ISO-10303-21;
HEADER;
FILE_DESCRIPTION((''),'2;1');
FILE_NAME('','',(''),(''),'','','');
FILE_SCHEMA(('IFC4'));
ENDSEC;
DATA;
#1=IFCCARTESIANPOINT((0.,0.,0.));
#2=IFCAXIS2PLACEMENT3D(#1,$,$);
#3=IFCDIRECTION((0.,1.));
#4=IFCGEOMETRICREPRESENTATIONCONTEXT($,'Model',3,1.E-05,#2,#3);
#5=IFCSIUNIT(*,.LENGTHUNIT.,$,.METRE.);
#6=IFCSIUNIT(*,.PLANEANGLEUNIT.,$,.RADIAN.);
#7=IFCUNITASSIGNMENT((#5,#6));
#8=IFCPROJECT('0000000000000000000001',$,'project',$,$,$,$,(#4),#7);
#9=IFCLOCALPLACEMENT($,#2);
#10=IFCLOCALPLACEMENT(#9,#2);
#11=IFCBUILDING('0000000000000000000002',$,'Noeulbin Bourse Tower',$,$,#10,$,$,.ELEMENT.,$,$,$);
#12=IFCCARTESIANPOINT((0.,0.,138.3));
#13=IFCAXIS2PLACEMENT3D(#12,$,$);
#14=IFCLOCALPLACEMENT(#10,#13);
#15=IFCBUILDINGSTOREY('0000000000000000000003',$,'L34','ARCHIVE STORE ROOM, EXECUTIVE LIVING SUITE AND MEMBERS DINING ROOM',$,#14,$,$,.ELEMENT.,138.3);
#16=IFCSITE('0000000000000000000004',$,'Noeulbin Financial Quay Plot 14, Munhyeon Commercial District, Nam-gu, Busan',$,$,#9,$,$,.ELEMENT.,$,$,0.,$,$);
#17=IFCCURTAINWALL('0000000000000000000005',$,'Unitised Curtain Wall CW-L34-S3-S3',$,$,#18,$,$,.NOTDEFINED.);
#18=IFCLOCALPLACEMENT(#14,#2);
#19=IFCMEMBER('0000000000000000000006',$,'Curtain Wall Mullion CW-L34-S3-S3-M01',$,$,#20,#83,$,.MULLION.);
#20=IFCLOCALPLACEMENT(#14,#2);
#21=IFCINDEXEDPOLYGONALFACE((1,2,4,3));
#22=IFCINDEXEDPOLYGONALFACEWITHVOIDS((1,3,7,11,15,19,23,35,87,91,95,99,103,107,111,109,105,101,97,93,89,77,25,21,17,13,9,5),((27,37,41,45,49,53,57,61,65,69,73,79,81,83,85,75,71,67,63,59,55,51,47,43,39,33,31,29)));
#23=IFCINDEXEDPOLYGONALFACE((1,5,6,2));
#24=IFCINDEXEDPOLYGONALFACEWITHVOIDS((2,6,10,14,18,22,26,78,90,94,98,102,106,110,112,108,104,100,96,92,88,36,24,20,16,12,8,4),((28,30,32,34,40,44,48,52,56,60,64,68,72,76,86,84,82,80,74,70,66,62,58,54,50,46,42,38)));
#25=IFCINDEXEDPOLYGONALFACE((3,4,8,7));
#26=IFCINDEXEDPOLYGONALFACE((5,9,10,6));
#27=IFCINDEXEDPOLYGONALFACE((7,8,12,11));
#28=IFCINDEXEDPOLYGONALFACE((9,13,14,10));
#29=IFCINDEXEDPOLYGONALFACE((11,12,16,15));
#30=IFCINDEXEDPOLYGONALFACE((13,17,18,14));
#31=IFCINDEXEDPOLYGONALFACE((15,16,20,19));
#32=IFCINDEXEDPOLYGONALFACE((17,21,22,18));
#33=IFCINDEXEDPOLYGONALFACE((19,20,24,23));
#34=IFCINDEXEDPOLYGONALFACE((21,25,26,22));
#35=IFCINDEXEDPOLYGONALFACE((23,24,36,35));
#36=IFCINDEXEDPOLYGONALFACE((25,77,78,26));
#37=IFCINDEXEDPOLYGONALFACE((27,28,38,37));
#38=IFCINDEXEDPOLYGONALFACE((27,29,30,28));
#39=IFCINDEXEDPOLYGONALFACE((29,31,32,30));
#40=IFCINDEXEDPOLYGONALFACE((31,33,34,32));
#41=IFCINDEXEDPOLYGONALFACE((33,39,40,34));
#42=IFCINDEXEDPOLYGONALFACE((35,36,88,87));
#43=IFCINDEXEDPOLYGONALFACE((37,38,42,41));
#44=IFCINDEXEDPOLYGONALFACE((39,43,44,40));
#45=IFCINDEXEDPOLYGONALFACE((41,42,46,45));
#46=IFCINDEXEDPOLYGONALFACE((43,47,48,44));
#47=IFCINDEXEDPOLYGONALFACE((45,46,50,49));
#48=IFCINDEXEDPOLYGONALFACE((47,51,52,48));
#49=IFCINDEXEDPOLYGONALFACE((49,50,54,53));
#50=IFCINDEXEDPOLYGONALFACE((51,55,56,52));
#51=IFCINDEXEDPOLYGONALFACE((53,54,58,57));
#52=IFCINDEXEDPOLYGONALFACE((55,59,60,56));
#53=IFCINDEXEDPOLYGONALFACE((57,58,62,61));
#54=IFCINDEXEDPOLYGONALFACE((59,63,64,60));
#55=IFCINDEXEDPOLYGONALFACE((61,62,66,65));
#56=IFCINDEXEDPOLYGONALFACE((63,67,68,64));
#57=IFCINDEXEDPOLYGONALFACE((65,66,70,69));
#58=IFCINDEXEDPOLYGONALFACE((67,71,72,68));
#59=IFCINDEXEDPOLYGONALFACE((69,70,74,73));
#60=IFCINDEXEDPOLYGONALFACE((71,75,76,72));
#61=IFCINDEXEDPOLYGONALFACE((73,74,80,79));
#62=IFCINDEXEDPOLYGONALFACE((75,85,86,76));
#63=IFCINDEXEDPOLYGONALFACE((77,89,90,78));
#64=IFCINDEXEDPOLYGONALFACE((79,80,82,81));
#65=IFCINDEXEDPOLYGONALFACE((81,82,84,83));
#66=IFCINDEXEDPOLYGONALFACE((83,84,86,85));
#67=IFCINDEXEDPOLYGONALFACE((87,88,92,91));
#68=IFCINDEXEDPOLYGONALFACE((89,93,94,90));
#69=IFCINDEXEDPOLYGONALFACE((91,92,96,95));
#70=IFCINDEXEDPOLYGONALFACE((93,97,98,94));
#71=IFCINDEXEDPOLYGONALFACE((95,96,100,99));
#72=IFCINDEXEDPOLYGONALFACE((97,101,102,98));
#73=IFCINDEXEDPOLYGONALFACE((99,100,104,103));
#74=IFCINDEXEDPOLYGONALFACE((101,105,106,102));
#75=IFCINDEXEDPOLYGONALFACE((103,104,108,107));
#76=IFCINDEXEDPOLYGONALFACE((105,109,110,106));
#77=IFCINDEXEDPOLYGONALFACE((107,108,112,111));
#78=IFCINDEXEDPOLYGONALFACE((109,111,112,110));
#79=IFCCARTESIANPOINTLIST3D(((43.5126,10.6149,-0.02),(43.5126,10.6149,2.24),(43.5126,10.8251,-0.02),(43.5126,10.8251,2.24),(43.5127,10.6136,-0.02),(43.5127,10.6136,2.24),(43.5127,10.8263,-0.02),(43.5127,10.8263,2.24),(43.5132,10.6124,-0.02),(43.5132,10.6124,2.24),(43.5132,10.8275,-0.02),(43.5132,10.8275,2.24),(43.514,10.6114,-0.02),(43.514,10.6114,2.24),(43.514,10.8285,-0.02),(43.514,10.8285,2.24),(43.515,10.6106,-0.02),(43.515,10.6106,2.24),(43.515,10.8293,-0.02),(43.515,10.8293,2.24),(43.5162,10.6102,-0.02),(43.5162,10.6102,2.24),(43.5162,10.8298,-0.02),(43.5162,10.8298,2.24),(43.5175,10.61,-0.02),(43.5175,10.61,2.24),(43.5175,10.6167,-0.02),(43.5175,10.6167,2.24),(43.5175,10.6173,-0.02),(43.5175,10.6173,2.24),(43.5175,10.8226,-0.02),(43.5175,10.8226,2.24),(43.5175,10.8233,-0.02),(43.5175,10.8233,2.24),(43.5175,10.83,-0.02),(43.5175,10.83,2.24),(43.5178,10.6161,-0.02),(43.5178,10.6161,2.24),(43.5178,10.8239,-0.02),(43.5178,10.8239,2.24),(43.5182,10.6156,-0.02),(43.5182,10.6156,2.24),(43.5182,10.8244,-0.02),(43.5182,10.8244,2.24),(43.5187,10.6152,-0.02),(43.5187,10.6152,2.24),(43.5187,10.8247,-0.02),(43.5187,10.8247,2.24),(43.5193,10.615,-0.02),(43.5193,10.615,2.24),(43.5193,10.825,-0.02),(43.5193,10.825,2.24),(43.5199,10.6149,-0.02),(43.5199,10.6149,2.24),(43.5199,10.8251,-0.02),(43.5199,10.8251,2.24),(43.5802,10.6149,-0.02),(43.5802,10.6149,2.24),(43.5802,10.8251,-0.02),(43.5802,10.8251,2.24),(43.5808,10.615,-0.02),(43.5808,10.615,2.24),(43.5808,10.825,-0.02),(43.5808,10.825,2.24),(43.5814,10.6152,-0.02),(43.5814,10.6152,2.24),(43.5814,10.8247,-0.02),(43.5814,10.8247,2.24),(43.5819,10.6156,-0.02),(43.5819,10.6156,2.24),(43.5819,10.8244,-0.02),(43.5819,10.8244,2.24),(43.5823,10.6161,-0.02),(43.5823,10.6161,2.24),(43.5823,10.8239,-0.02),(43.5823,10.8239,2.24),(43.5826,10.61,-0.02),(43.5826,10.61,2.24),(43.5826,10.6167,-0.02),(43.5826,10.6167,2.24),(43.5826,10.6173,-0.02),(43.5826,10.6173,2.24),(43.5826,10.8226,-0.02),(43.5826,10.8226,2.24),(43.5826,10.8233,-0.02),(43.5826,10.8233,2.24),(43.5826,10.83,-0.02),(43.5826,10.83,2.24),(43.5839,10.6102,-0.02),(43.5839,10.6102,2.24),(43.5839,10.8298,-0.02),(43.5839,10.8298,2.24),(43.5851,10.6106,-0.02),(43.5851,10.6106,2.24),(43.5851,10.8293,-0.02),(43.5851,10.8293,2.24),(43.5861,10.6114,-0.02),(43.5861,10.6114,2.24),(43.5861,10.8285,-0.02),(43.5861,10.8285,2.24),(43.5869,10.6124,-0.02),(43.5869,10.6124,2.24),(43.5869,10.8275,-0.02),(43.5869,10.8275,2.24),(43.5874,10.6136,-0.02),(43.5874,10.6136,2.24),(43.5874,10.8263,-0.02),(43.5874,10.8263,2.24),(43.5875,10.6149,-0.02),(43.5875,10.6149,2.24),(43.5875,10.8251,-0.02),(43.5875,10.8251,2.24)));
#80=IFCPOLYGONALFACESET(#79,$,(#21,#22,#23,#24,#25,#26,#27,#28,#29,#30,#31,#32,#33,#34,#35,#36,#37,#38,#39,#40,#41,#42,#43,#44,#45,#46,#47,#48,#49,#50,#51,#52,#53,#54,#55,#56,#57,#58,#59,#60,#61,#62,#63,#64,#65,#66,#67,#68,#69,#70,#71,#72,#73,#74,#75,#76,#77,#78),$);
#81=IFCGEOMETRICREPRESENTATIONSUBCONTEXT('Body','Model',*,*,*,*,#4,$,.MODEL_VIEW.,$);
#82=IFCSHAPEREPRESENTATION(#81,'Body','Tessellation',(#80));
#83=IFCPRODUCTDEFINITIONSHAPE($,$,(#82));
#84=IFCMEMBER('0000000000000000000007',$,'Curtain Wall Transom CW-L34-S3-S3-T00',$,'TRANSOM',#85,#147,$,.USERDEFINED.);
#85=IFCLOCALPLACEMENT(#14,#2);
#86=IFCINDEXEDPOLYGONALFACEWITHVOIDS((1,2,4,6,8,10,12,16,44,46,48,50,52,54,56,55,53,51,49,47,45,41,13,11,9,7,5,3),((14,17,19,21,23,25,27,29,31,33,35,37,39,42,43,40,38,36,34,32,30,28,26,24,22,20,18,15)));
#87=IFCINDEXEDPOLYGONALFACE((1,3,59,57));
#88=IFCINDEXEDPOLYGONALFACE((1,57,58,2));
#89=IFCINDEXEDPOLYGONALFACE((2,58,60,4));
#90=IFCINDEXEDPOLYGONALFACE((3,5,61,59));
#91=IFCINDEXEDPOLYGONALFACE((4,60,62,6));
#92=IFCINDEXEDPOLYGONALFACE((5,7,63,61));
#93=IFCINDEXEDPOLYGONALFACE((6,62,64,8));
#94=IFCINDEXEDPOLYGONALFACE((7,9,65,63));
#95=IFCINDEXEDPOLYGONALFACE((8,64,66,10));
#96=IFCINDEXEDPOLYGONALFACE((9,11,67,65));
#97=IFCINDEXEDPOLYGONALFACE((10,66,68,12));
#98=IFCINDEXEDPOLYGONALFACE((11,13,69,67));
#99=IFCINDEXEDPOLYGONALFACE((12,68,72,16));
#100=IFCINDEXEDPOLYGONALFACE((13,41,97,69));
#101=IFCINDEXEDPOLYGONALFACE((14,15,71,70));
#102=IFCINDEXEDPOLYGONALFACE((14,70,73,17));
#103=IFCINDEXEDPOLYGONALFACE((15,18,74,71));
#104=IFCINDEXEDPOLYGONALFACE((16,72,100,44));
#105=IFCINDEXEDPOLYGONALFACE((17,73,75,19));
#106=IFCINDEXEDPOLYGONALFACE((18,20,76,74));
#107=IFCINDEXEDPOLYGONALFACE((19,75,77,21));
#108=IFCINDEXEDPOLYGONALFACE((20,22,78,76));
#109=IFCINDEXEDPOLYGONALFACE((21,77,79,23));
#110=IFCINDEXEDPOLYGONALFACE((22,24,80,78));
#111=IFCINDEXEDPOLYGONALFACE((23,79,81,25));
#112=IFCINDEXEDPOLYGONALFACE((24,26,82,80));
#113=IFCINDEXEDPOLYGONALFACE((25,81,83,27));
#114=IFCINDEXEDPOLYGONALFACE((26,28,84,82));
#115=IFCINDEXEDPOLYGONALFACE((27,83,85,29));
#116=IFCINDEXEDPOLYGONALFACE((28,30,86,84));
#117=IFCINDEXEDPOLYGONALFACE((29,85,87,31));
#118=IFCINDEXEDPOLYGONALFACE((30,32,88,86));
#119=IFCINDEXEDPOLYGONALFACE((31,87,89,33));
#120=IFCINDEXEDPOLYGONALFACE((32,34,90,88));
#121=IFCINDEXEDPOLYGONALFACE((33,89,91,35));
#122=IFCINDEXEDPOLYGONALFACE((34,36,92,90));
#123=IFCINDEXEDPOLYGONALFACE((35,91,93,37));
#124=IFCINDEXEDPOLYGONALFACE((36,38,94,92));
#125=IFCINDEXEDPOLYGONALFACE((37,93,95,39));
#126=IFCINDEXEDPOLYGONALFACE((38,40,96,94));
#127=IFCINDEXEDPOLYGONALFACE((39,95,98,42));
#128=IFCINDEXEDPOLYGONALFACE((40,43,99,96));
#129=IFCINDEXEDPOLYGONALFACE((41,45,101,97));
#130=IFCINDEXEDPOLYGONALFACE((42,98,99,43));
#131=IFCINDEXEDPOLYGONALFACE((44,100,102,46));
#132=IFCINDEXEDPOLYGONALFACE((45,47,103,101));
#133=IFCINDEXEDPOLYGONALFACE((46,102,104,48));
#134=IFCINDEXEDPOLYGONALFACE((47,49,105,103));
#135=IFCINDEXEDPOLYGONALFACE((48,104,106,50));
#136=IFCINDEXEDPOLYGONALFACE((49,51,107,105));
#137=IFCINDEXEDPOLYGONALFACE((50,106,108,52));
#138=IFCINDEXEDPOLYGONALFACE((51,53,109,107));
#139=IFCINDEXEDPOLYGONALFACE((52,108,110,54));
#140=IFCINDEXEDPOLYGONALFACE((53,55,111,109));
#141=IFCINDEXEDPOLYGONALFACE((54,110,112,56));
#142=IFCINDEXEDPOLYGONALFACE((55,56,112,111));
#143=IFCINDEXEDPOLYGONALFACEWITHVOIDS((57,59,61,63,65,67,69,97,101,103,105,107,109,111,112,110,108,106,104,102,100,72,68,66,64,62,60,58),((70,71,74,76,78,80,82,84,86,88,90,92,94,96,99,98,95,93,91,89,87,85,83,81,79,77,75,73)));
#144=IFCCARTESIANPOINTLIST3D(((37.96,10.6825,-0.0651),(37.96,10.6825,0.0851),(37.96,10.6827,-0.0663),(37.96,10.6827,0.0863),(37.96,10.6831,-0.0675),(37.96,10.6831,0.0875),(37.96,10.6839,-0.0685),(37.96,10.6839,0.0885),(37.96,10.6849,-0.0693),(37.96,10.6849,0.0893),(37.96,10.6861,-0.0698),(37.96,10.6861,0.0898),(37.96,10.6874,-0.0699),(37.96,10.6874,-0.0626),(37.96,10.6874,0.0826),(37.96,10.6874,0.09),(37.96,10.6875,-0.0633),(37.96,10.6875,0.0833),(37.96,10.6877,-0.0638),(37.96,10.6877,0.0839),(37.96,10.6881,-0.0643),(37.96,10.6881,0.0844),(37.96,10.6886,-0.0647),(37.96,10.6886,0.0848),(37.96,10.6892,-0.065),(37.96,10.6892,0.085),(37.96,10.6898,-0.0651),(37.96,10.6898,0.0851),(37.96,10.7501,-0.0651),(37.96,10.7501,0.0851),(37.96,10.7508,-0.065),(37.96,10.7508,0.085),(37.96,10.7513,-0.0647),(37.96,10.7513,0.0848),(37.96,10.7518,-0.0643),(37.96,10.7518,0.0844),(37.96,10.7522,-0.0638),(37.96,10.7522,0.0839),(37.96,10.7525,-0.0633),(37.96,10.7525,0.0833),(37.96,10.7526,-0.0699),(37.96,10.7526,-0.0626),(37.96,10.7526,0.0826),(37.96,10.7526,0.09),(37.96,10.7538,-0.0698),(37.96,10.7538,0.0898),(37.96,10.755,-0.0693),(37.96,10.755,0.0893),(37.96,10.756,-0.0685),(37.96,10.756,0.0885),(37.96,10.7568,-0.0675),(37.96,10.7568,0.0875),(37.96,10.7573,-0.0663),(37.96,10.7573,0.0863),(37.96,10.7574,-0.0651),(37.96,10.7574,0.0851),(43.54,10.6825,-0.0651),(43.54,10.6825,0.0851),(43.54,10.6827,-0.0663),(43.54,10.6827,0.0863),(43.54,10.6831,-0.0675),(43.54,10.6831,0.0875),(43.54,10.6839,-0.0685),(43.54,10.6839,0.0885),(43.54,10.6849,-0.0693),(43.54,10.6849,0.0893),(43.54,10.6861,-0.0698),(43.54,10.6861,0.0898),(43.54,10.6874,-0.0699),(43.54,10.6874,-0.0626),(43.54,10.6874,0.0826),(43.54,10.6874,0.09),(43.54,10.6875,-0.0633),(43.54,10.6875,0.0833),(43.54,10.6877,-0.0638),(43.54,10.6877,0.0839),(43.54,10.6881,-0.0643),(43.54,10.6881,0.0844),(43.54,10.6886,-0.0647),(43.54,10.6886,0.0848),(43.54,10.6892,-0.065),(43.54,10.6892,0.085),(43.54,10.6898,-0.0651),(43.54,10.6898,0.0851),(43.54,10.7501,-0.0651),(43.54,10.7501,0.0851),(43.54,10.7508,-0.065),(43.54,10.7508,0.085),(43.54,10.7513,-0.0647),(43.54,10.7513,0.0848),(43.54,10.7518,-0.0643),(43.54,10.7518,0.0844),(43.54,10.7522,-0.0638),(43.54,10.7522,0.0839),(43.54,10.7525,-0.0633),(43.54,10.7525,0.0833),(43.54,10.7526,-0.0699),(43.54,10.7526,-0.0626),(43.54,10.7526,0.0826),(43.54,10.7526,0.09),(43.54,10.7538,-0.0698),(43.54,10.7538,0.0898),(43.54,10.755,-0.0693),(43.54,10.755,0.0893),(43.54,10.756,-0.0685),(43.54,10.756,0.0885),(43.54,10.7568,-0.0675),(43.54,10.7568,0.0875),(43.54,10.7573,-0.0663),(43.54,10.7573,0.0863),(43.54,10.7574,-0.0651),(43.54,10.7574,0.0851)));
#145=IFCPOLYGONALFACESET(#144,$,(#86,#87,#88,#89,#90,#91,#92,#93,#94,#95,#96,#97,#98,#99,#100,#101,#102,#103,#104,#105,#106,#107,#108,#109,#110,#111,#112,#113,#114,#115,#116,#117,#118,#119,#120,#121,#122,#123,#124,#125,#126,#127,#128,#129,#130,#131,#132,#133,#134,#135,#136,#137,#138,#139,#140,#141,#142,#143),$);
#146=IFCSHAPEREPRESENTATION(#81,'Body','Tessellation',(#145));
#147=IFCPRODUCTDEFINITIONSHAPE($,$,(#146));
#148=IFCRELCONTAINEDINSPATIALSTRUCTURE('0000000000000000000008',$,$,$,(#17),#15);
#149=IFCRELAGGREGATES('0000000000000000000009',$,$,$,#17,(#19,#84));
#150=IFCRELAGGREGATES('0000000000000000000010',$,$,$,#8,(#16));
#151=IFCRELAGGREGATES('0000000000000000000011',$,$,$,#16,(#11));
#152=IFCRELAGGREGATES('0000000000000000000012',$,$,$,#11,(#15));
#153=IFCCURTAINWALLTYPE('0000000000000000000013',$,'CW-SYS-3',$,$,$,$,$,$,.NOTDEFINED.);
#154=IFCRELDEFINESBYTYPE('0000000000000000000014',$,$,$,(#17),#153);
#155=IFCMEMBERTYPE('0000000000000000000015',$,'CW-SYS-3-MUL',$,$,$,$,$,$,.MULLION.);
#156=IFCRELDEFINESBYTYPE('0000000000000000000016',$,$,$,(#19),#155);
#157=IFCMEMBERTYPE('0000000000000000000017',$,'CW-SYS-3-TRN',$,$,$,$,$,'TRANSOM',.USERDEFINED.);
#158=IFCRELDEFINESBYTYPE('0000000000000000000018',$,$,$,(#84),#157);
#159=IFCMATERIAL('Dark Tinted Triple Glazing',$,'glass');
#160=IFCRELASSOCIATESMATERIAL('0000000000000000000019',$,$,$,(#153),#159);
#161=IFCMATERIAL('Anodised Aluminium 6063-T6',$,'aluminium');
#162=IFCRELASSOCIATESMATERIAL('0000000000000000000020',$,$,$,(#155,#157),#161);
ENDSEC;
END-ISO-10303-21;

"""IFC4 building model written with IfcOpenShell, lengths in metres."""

from ifc_helpers import new_model, si_unit, direction, frame, origin, origin_2d, place, context, subcontext, project, spatial, hollow_rectangle, extrude, material, material_profile, profile_set, type_object, element, aggregate, save


model = new_model("IFC4")

# Units and contexts
model_context = context("Model", 3, precision=1e-05, world=origin(), true_north=direction((0.0, 1.0)))
body_context = subcontext(model_context, "Body", "Model", "MODEL_VIEW")
ifc_project = project(units=[si_unit("LENGTHUNIT", "METRE"), si_unit("PLANEANGLEUNIT", "RADIAN")], contexts=[model_context])

# Site, building, storey
site_placement = place(None, origin())
site = spatial("IfcSite", under=ifc_project, at=site_placement, Name="Noeulbin Financial Quay Plot 14, Munhyeon Commercial District, Nam-gu, Busan", CompositionType="ELEMENT", RefElevation=0.0)
building_placement = place(site_placement, origin())
building = spatial("IfcBuilding", under=site, at=building_placement, Name="Noeulbin Bourse Tower", CompositionType="ELEMENT")
storey_placement = place(building_placement, frame((0.0, 0.0, 138.3)))
storey = spatial("IfcBuildingStorey", under=building, at=storey_placement, Name="L34", Description="ARCHIVE STORE ROOM, EXECUTIVE LIVING SUITE AND MEMBERS DINING ROOM", CompositionType="ELEMENT", Elevation=138.3)

# Curtain wall, members
ifc_material_1 = material(Name="Dark Tinted Triple Glazing", Category="glass")
curtain_wall_type = type_object("IfcCurtainWallType", Name="CW-SYS-3", PredefinedType="NOTDEFINED", material=ifc_material_1)
curtain_wall_placement = place(storey_placement, origin())
curtain_wall = element("IfcCurtainWall", 1, at=curtain_wall_placement, inside=storey, type_object=curtain_wall_type, Name="Unitised Curtain Wall CW-L34-S3-S3", PredefinedType="NOTDEFINED")
ifc_material_2 = material(Name="Anodised Aluminium 6063-T6", Category="aluminium")
ifc_material_profile_1 = material_profile(ifc_material_2, hollow_rectangle(XDim=0.075, YDim=0.22, WallThickness=0.0049, InnerFilletRadius=0.0024, OuterFilletRadius=0.0049, at=origin_2d()), Name="ALU-MULL-75x220x5", Category="LoadBearing")
ifc_profile_set_1 = profile_set([ifc_material_profile_1], Name="Anodised Aluminium 6063-T6")
member_type_1 = type_object("IfcMemberType", Name="CW-SYS-3-MUL", PredefinedType="MULLION", material=ifc_profile_set_1)
member_1_placement = place(storey_placement, frame((43.55, 10.72, -0.02), z_axis=(0.0, 0.0, 1.0), x_axis=(1.0, 0.0, 0.0)))
member_1 = element("IfcMember", 2, at=member_1_placement, type_object=member_type_1, Name="Curtain Wall Mullion CW-L34-S3-S3-M01", PredefinedType="MULLION", context=body_context, shape_type="SweptSolid", body=[
    extrude(hollow_rectangle(XDim=0.075, YDim=0.22, WallThickness=0.0049, InnerFilletRadius=0.0024, OuterFilletRadius=0.0049, at=origin_2d()), origin(), (0.0, 0.0, 1.0), 2.26),
])
ifc_material_profile_2 = material_profile(ifc_material_2, hollow_rectangle(XDim=0.075, YDim=0.1599, WallThickness=0.0049, InnerFilletRadius=0.0024, OuterFilletRadius=0.0049, at=origin_2d()), Name="ALU-TRAN-75x160x5", Category="LoadBearing")
ifc_profile_set_2 = profile_set([ifc_material_profile_2], Name="Anodised Aluminium 6063-T6")
member_type_2 = type_object("IfcMemberType", Name="CW-SYS-3-TRN", ElementType="TRANSOM", PredefinedType="USERDEFINED", material=ifc_profile_set_2)
member_2_placement = place(storey_placement, frame((37.96, 10.72, 0.01), z_axis=(1.0, 0.0, 0.0), x_axis=(0.0, 1.0, 0.0)))
member_2 = element("IfcMember", 3, at=member_2_placement, type_object=member_type_2, Name="Curtain Wall Transom CW-L34-S3-S3-T00", ObjectType="TRANSOM", PredefinedType="USERDEFINED", context=body_context, shape_type="SweptSolid", body=[
    extrude(hollow_rectangle(XDim=0.075, YDim=0.1599, WallThickness=0.0049, InnerFilletRadius=0.0024, OuterFilletRadius=0.0049, at=origin_2d()), origin(), (0.0, 0.0, 1.0), 5.5801),
])
aggregate(curtain_wall, [member_1, member_2])

save(model, "model.ifc")
